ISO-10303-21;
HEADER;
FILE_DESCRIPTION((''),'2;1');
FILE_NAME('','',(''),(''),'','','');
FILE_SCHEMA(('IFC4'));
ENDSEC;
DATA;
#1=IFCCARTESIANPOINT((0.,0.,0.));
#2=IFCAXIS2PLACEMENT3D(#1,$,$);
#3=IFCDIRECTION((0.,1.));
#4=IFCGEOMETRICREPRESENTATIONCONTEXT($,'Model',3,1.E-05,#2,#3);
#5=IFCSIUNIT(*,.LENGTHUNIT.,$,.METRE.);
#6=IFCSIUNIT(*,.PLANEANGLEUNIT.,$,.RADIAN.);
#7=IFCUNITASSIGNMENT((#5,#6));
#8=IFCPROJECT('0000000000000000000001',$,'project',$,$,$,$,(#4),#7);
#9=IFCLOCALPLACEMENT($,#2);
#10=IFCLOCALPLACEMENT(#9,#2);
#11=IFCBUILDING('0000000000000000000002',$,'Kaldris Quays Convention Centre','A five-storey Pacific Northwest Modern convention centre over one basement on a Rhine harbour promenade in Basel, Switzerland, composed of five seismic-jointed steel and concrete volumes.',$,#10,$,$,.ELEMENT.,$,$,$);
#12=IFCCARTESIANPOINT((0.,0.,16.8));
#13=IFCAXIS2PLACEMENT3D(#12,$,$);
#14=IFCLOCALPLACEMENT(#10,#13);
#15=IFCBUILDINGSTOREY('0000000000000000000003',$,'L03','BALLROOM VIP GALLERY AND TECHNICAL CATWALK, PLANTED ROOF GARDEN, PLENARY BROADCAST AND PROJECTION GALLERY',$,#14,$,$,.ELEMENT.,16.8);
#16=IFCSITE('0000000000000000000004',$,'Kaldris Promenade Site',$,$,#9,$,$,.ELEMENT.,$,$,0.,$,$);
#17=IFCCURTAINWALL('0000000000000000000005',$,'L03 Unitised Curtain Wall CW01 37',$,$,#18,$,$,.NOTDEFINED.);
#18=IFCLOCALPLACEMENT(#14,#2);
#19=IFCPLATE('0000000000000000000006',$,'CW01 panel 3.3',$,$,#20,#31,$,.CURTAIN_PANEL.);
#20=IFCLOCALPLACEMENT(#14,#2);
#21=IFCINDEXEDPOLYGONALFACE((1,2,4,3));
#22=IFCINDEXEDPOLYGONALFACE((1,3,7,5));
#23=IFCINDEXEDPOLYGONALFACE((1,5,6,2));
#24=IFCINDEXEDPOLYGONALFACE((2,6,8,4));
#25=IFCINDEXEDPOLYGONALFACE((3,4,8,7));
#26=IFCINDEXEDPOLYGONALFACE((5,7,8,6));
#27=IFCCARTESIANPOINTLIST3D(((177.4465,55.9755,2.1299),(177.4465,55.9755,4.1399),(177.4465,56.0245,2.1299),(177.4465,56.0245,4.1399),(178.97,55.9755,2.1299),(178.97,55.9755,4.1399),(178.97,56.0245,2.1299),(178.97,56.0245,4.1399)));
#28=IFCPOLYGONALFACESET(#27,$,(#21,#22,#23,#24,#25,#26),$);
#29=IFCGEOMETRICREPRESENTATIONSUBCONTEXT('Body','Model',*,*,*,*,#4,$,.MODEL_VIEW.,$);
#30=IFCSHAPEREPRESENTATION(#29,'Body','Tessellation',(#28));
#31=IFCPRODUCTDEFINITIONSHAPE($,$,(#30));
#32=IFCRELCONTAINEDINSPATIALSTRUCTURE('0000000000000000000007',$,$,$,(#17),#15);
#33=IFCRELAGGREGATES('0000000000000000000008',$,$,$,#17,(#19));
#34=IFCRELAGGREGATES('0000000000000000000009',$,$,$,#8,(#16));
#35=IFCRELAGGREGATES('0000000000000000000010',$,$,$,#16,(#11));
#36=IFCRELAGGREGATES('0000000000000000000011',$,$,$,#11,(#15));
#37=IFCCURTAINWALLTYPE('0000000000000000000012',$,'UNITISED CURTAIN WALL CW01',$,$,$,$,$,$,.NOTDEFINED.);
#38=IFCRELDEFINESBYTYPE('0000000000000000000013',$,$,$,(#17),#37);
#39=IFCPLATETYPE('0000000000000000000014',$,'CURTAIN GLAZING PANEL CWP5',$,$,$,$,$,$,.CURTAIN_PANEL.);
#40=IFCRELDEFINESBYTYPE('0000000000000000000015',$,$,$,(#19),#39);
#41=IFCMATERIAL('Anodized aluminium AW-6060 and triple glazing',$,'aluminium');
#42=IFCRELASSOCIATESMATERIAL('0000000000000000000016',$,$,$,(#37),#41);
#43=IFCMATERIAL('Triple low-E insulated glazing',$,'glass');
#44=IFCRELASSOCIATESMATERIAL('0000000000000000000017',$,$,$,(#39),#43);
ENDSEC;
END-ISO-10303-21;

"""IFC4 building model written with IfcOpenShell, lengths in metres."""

from ifc_helpers import new_model, si_unit, direction, frame, origin, origin_2d, place, context, subcontext, project, spatial, rectangle, extrude, material, type_object, element, aggregate, save


model = new_model("IFC4")

# Units and contexts
model_context = context("Model", 3, precision=1e-05, world=origin(), true_north=direction((0.0, 1.0)))
body_context = subcontext(model_context, "Body", "Model", "MODEL_VIEW")
ifc_project = project(units=[si_unit("LENGTHUNIT", "METRE"), si_unit("PLANEANGLEUNIT", "RADIAN")], contexts=[model_context])

# Site, building, storey
site_placement = place(None, origin())
site = spatial("IfcSite", under=ifc_project, at=site_placement, Name="Kaldris Promenade Site", CompositionType="ELEMENT", RefElevation=0.0)
building_placement = place(site_placement, origin())
building = spatial("IfcBuilding", under=site, at=building_placement, Name="Kaldris Quays Convention Centre", Description="A five-storey Pacific Northwest Modern convention centre over one basement on a Rhine harbour promenade in Basel, Switzerland, composed of five seismic-jointed steel and concrete volumes.", CompositionType="ELEMENT")
storey_placement = place(building_placement, frame((0.0, 0.0, 16.8)))
storey = spatial("IfcBuildingStorey", under=building, at=storey_placement, Name="L03", Description="BALLROOM VIP GALLERY AND TECHNICAL CATWALK, PLANTED ROOF GARDEN, PLENARY BROADCAST AND PROJECTION GALLERY", CompositionType="ELEMENT", Elevation=16.8)

# Curtain wall, plate
ifc_material_1 = material(Name="Anodized aluminium AW-6060 and triple glazing", Category="aluminium")
curtain_wall_type = type_object("IfcCurtainWallType", Name="UNITISED CURTAIN WALL CW01", PredefinedType="NOTDEFINED", material=ifc_material_1)
curtain_wall_placement = place(storey_placement, origin())
curtain_wall = element("IfcCurtainWall", 1, at=curtain_wall_placement, inside=storey, type_object=curtain_wall_type, Name="L03 Unitised Curtain Wall CW01 37", PredefinedType="NOTDEFINED")
ifc_material_2 = material(Name="Triple low-E insulated glazing", Category="glass")
plate_type = type_object("IfcPlateType", Name="CURTAIN GLAZING PANEL CWP5", PredefinedType="CURTAIN_PANEL", material=ifc_material_2)
plate_1_placement = place(storey_placement, frame((178.2083, 56.0, 2.1299), z_axis=(0.0, 0.0, 1.0), x_axis=(1.0, 0.0, 0.0)))
plate_1 = element("IfcPlate", 2, at=plate_1_placement, type_object=plate_type, Name="CW01 panel 3.3", PredefinedType="CURTAIN_PANEL", context=body_context, shape_type="SweptSolid", body=[
    extrude(rectangle(XDim=1.5234, YDim=0.0491, at=origin_2d()), origin(), (0.0, 0.0, 1.0), 2.01),
])
aggregate(curtain_wall, [plate_1])

save(model, "model.ifc")
